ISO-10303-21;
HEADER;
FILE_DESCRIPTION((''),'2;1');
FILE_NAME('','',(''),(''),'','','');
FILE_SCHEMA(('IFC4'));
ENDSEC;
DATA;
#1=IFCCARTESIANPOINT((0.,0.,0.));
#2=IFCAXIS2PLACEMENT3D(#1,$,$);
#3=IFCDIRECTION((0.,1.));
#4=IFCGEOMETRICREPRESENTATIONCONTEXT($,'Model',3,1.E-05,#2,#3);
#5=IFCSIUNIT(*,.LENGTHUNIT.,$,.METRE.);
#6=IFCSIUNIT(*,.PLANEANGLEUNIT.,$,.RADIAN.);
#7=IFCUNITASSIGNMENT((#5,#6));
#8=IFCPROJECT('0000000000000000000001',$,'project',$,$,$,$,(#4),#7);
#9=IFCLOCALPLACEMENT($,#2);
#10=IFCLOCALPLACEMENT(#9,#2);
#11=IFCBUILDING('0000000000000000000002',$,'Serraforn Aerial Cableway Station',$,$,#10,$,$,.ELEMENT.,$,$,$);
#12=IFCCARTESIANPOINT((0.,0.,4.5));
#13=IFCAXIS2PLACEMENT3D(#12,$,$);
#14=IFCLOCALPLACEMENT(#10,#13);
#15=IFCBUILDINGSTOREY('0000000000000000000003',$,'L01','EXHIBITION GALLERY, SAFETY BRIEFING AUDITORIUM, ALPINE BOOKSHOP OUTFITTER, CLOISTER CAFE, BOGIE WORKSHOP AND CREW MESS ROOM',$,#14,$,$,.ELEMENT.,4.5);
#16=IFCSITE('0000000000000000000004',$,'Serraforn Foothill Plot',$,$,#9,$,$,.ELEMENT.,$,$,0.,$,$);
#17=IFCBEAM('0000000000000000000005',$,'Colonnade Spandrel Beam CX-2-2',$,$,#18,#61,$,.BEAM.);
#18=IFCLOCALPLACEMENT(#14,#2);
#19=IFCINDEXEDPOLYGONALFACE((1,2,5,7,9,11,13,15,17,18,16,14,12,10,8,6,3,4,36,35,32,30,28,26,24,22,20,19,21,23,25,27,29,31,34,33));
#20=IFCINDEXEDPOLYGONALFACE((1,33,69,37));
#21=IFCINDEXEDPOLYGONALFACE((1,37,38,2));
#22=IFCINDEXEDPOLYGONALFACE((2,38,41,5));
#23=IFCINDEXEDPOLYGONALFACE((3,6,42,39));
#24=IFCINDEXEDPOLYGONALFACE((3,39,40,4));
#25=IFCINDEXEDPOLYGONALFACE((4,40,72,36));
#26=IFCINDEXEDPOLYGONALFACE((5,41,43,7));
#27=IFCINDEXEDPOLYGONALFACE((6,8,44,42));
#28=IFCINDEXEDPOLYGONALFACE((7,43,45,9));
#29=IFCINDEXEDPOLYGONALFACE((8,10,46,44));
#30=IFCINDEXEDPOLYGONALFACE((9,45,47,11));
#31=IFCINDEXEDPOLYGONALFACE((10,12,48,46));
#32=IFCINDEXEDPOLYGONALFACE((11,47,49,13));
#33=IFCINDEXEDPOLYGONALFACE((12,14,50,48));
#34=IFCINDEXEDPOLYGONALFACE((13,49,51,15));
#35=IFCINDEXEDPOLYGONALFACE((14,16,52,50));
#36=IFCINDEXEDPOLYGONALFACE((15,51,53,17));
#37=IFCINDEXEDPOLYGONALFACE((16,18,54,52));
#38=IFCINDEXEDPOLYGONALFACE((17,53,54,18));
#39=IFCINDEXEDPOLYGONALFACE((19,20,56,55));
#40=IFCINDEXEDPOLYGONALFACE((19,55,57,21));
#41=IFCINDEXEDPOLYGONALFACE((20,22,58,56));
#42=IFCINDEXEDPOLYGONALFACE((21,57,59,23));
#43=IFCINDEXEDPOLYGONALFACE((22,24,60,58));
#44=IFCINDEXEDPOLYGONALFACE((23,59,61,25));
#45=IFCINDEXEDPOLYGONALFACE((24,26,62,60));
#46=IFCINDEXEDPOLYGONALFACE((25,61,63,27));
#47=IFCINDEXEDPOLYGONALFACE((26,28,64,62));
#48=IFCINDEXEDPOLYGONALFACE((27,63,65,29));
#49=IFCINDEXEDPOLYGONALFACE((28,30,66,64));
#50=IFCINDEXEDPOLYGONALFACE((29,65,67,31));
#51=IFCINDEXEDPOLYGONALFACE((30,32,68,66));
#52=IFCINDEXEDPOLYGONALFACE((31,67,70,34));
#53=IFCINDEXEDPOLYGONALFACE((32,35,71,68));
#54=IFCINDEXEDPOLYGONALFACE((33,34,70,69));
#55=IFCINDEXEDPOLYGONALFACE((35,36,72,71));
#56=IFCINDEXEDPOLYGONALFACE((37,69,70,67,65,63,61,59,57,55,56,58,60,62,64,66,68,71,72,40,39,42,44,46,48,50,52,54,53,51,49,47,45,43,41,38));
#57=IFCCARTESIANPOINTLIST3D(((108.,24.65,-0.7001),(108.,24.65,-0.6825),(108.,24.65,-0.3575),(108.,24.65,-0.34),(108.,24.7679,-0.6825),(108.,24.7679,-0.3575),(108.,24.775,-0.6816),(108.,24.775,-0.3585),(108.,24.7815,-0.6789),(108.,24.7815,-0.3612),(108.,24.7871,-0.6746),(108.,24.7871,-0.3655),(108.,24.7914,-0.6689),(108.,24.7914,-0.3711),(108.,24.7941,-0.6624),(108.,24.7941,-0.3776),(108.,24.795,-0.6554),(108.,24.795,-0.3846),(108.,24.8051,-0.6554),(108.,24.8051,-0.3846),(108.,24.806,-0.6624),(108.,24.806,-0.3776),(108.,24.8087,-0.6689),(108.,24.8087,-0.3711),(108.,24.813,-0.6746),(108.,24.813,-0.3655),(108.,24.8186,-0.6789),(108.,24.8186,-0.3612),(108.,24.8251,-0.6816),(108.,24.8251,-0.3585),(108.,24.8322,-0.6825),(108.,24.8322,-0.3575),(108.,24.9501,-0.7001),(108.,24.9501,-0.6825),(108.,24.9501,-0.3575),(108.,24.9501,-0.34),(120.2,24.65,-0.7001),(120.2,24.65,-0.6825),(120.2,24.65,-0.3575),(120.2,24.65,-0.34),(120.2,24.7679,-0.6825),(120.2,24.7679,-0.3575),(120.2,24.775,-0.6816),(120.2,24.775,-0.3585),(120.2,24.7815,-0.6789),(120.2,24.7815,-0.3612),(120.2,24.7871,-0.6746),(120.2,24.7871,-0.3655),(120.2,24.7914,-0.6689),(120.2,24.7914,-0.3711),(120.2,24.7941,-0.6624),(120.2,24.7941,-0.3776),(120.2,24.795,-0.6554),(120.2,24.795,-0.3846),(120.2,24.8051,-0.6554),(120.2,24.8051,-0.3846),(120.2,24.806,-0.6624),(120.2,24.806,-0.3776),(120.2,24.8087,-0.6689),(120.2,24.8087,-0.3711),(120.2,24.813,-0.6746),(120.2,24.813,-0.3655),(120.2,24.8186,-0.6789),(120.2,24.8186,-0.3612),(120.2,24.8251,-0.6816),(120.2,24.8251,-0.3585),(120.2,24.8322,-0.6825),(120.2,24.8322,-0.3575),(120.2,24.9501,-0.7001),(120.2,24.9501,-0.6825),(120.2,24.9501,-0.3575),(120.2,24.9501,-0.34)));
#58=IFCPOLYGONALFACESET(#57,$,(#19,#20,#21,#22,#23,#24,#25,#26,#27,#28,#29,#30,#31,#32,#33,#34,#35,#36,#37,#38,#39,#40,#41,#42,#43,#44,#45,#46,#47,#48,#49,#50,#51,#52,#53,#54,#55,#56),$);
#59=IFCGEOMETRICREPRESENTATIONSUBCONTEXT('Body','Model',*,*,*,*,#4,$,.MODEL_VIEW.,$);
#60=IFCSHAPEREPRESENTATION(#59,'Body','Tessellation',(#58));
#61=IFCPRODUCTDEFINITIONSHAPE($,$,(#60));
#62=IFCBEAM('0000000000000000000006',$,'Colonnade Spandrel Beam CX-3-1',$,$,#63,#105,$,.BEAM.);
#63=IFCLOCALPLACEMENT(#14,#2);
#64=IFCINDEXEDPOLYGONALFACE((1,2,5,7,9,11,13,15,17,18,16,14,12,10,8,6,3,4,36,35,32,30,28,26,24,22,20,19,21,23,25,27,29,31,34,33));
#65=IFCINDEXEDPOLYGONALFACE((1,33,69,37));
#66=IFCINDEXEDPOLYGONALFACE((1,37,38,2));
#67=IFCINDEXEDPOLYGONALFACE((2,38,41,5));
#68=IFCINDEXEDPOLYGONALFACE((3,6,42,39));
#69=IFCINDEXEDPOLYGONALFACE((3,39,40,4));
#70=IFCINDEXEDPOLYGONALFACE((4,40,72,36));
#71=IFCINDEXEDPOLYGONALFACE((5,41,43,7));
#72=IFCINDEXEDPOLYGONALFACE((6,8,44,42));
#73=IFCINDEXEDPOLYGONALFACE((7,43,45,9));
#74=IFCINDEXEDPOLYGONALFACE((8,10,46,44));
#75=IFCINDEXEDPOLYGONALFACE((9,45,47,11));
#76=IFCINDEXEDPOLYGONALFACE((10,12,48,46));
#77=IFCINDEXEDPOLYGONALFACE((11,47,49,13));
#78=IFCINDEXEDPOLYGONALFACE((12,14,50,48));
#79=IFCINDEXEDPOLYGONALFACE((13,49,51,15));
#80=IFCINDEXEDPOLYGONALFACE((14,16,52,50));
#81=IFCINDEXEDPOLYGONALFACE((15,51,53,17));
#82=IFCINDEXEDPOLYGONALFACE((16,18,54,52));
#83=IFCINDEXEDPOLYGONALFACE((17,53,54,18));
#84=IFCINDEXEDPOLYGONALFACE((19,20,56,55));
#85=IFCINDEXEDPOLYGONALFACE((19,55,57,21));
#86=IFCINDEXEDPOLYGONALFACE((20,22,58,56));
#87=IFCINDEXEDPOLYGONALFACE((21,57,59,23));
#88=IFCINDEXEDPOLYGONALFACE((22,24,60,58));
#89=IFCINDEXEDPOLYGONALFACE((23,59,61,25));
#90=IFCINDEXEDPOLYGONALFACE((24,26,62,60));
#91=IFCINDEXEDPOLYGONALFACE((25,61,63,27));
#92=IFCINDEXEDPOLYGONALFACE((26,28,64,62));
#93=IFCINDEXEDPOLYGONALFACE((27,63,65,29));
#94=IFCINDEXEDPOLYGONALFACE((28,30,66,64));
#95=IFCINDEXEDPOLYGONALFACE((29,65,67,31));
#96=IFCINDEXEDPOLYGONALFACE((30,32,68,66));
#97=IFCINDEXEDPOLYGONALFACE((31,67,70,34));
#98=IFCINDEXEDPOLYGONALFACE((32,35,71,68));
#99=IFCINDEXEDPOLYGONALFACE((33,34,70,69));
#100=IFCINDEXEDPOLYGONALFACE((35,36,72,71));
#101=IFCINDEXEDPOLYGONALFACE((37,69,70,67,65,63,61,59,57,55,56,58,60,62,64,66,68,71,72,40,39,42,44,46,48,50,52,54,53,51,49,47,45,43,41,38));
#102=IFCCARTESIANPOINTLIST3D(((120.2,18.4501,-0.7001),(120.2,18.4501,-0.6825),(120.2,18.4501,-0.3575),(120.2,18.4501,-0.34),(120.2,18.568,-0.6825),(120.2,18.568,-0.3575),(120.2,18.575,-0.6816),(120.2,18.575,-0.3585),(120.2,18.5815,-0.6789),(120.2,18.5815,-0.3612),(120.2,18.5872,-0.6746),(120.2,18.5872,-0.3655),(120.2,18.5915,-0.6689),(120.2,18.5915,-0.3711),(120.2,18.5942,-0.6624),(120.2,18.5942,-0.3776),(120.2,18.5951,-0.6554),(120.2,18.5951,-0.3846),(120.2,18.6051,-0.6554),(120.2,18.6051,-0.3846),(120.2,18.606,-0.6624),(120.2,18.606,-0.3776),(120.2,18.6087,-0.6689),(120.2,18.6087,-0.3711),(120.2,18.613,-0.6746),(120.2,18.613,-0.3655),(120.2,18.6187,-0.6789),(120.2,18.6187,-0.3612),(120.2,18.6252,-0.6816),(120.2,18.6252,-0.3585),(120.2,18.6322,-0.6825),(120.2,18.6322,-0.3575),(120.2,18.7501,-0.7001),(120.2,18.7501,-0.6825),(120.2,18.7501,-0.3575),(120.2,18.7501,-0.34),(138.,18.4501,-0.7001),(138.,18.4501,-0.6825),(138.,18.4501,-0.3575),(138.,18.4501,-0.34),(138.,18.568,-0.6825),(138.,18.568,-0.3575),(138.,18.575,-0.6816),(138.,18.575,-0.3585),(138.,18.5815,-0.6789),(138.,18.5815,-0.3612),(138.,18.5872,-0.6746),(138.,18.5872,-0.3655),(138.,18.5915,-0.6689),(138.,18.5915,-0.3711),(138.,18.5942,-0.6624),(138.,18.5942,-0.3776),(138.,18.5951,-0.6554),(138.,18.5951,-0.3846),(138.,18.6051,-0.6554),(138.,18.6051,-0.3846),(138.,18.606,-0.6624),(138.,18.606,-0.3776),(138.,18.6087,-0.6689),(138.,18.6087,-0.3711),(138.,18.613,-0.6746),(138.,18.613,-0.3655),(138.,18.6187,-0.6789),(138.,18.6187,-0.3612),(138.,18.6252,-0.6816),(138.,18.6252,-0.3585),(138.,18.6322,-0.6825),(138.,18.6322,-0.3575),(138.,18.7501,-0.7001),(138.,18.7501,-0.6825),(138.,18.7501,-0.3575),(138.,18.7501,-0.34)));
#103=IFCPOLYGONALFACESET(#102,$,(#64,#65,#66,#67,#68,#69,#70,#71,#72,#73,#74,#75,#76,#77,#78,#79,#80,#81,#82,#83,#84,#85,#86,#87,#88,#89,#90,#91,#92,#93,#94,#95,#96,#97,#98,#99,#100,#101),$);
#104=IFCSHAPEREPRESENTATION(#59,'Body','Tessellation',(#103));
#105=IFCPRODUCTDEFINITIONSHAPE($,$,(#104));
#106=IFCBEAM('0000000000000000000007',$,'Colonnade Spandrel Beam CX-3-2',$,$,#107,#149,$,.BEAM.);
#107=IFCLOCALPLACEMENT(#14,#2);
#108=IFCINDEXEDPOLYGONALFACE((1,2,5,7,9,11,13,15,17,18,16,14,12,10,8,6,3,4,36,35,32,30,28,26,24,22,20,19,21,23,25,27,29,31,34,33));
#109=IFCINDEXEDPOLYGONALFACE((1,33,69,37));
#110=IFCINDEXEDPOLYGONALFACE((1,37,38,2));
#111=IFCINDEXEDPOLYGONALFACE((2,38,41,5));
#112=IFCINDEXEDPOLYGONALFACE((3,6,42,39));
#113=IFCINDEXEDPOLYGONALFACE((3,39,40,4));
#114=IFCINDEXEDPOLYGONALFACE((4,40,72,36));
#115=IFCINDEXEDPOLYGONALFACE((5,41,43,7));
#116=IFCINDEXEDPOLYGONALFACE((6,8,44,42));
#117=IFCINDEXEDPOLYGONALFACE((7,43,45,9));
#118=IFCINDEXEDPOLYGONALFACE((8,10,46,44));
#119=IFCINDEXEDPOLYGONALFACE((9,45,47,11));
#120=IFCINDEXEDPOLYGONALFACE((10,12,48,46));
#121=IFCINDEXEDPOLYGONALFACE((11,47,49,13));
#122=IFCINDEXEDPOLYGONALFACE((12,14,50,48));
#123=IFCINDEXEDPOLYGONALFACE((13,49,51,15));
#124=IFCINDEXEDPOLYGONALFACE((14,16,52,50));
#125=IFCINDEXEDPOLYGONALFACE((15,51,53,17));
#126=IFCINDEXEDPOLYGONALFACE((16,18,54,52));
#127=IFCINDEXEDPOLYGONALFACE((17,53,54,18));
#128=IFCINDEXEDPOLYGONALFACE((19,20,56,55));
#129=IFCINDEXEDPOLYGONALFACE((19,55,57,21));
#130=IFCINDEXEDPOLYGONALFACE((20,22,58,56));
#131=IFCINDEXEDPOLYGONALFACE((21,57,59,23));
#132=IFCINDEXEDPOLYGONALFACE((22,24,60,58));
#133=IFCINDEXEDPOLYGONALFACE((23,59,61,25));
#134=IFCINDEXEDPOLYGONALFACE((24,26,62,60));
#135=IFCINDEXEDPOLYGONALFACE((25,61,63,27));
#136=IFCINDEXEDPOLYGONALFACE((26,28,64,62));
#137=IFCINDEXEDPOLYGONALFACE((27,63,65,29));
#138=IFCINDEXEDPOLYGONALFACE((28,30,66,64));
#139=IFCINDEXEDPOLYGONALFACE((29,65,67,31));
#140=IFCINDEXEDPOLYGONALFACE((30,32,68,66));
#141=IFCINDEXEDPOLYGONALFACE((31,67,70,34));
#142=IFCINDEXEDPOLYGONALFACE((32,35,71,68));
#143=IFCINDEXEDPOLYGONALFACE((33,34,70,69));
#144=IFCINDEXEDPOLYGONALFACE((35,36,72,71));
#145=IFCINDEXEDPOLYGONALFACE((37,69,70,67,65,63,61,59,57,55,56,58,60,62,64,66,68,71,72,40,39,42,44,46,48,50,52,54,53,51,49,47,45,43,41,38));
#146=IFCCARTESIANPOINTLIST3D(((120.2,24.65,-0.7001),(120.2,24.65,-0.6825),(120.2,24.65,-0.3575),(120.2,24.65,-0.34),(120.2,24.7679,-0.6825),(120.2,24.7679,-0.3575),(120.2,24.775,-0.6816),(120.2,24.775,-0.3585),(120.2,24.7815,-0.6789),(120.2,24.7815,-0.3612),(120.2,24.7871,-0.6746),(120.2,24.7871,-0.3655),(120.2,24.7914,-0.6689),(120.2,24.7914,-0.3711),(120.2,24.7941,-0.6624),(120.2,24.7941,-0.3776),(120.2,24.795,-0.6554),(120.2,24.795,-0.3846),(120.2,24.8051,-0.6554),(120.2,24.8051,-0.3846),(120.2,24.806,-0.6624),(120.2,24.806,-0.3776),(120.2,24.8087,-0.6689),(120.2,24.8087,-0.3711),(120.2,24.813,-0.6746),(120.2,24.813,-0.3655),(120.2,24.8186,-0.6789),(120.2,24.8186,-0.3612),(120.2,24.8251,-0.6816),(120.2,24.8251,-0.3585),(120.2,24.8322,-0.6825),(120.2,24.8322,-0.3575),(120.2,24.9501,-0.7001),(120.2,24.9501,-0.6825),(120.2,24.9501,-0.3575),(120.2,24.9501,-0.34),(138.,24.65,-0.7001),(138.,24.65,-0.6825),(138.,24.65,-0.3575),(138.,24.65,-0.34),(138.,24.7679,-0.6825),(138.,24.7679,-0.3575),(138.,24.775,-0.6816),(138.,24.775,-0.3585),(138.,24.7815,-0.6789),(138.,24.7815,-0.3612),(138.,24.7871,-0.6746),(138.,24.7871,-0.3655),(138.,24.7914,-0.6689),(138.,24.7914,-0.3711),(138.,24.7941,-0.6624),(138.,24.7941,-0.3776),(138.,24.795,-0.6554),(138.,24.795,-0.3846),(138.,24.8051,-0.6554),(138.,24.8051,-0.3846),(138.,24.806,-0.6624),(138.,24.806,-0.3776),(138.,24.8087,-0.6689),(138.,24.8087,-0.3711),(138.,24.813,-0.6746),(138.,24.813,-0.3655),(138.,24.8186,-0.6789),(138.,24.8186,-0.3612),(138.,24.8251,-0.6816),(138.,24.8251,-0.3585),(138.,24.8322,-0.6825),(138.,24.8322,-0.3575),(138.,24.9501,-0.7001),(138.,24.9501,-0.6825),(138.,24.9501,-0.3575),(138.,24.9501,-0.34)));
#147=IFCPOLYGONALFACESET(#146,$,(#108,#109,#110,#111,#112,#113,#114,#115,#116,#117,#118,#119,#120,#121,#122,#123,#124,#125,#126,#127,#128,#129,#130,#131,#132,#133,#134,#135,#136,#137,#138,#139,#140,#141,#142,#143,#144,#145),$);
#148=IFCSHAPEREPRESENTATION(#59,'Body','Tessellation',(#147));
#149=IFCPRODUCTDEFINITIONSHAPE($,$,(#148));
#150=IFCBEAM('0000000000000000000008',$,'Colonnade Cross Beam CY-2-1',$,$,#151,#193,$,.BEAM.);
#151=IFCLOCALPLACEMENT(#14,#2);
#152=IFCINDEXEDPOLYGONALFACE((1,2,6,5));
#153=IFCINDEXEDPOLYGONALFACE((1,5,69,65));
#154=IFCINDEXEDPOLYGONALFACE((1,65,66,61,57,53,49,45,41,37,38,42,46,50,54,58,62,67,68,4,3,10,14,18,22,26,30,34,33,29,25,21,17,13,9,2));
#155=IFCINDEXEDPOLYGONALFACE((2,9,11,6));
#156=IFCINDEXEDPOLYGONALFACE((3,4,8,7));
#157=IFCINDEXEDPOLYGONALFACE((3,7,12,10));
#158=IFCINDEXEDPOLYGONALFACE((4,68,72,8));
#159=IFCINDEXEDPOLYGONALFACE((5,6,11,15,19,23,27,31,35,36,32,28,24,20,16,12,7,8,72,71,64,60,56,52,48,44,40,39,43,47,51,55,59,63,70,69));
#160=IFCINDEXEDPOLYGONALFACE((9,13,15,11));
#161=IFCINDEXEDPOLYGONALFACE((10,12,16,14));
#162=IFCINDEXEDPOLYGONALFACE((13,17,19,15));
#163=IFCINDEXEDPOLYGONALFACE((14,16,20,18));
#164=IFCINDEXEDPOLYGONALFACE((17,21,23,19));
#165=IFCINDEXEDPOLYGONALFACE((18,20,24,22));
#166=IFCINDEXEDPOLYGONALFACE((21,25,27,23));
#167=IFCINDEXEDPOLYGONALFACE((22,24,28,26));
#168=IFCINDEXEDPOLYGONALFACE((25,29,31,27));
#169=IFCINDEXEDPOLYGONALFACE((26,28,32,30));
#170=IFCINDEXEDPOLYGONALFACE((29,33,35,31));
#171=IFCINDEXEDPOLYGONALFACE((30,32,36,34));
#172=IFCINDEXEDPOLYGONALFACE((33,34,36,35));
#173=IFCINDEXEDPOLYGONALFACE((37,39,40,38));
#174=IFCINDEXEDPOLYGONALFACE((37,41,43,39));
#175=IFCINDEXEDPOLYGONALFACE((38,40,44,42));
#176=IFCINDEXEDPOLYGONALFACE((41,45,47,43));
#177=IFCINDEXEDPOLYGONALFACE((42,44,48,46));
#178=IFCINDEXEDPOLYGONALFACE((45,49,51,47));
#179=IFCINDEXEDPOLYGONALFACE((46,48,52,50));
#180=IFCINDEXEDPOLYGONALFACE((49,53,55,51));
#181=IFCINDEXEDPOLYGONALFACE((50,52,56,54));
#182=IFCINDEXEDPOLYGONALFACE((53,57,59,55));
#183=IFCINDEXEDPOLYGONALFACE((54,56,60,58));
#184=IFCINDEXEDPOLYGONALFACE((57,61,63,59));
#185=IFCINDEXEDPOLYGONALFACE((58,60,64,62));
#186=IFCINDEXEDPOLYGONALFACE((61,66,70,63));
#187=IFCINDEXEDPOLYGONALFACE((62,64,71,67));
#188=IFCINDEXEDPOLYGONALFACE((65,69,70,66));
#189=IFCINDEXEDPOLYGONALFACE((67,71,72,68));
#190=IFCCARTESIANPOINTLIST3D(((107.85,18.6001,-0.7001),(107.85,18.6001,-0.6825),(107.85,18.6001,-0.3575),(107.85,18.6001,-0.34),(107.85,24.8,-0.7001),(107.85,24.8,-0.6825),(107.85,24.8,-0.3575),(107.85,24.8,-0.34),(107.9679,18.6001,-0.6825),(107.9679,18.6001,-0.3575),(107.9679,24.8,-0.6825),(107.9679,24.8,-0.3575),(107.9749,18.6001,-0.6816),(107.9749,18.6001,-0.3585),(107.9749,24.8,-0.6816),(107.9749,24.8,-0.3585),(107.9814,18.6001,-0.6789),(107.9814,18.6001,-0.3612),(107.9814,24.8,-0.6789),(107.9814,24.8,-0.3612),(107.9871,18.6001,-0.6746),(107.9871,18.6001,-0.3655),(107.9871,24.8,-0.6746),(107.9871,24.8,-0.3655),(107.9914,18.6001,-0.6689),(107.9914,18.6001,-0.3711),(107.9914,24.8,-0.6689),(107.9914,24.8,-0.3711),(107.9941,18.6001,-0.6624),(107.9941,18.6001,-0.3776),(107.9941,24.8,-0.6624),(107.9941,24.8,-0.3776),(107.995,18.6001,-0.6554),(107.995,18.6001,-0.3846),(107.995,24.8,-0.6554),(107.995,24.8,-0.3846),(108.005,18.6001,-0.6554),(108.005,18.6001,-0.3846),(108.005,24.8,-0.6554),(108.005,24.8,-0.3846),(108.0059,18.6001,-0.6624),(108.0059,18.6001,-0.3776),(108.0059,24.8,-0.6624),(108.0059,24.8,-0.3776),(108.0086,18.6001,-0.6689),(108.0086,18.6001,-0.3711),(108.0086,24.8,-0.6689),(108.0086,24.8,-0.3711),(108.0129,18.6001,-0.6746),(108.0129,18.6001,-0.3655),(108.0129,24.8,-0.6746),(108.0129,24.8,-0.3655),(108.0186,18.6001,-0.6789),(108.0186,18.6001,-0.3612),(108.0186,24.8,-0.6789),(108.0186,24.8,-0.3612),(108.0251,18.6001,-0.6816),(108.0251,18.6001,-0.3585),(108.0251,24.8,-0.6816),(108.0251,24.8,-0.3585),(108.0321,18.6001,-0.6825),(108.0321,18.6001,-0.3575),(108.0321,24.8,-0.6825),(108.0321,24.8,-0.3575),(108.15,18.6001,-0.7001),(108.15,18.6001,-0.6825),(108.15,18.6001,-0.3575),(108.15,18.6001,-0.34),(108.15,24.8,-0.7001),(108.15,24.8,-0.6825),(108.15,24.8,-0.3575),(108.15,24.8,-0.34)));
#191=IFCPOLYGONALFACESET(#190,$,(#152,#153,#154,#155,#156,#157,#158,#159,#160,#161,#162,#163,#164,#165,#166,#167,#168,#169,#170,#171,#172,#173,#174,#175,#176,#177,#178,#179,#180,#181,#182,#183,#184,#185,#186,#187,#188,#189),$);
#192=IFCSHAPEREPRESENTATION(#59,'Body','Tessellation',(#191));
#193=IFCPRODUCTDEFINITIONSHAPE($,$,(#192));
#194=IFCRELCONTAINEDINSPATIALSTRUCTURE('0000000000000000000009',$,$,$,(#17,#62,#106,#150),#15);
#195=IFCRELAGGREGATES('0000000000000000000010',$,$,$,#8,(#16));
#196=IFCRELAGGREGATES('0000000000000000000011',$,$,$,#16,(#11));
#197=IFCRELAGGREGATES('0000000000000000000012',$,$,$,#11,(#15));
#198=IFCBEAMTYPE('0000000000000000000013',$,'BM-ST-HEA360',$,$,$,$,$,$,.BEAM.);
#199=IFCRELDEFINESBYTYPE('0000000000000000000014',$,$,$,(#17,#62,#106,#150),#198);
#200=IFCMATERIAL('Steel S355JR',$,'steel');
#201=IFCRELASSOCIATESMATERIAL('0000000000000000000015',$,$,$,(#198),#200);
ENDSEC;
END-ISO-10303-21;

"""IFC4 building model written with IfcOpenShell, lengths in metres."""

from ifc_helpers import new_model, si_unit, direction, frame, origin, origin_2d, place, context, subcontext, project, spatial, i_section, extrude, material, material_profile, profile_set, type_object, element, save


model = new_model("IFC4")

# Units and contexts
model_context = context("Model", 3, precision=1e-05, world=origin(), true_north=direction((0.0, 1.0)))
body_context = subcontext(model_context, "Body", "Model", "MODEL_VIEW")
ifc_project = project(units=[si_unit("LENGTHUNIT", "METRE"), si_unit("PLANEANGLEUNIT", "RADIAN")], contexts=[model_context])

# Site, building, storey
site_placement = place(None, origin())
site = spatial("IfcSite", under=ifc_project, at=site_placement, Name="Serraforn Foothill Plot", CompositionType="ELEMENT", RefElevation=0.0)
building_placement = place(site_placement, origin())
building = spatial("IfcBuilding", under=site, at=building_placement, Name="Serraforn Aerial Cableway Station", CompositionType="ELEMENT")
storey_placement = place(building_placement, frame((0.0, 0.0, 4.5)))
storey = spatial("IfcBuildingStorey", under=building, at=storey_placement, Name="L01", Description="EXHIBITION GALLERY, SAFETY BRIEFING AUDITORIUM, ALPINE BOOKSHOP OUTFITTER, CLOISTER CAFE, BOGIE WORKSHOP AND CREW MESS ROOM", CompositionType="ELEMENT", Elevation=4.5)

# Beams
ifc_material_1 = material(Name="Steel S355JR", Category="steel")
ifc_material_profile_1 = material_profile(ifc_material_1, i_section(OverallWidth=0.3, OverallDepth=0.3601, WebThickness=0.01, FlangeThickness=0.0176, FilletRadius=0.0271, at=origin_2d()), Name="HEA 360")
ifc_profile_set_1 = profile_set([ifc_material_profile_1], Name="Steel S355JR")
beam_type = type_object("IfcBeamType", Name="BM-ST-HEA360", PredefinedType="BEAM", material=ifc_profile_set_1)
for number, where, z_axis, x_axis, name in (
    (1, (108.0, 24.8, -0.52), (1.0, 0.0, 0.0), (0.0, 1.0, 0.0), "Colonnade Spandrel Beam CX-2-2"),
):
    element("IfcBeam", number, at=place(storey_placement, frame(where, z_axis=z_axis, x_axis=x_axis)), inside=storey, type_object=beam_type, Name=name, PredefinedType="BEAM", context=body_context, shape_type="SweptSolid", body=[
        extrude(i_section(OverallWidth=0.3, OverallDepth=0.3601, WebThickness=0.01, FlangeThickness=0.0176, FilletRadius=0.0271, at=origin_2d()), origin(), (0.0, 0.0, 1.0), 12.2),
    ])
for number, where, z_axis, x_axis, name in (
    (2, (120.2, 18.6001, -0.52), (1.0, 0.0, 0.0), (0.0, 1.0, 0.0), "Colonnade Spandrel Beam CX-3-1"),
    (3, (120.2, 24.8, -0.52), (1.0, 0.0, 0.0), (0.0, 1.0, 0.0), "Colonnade Spandrel Beam CX-3-2"),
):
    element("IfcBeam", number, at=place(storey_placement, frame(where, z_axis=z_axis, x_axis=x_axis)), inside=storey, type_object=beam_type, Name=name, PredefinedType="BEAM", context=body_context, shape_type="SweptSolid", body=[
        extrude(i_section(OverallWidth=0.3, OverallDepth=0.3601, WebThickness=0.01, FlangeThickness=0.0176, FilletRadius=0.0271, at=origin_2d()), origin(), (0.0, 0.0, 1.0), 17.8),
    ])
for number, where, z_axis, x_axis, name in (
    (4, (108.0, 18.6001, -0.52), (0.0, 1.0, 0.0), (-1.0, 0.0, 0.0), "Colonnade Cross Beam CY-2-1"),
):
    element("IfcBeam", number, at=place(storey_placement, frame(where, z_axis=z_axis, x_axis=x_axis)), inside=storey, type_object=beam_type, Name=name, PredefinedType="BEAM", context=body_context, shape_type="SweptSolid", body=[
        extrude(i_section(OverallWidth=0.3, OverallDepth=0.3601, WebThickness=0.01, FlangeThickness=0.0176, FilletRadius=0.0271, at=origin_2d()), origin(), (0.0, 0.0, 1.0), 6.2),
    ])

save(model, "model.ifc")
